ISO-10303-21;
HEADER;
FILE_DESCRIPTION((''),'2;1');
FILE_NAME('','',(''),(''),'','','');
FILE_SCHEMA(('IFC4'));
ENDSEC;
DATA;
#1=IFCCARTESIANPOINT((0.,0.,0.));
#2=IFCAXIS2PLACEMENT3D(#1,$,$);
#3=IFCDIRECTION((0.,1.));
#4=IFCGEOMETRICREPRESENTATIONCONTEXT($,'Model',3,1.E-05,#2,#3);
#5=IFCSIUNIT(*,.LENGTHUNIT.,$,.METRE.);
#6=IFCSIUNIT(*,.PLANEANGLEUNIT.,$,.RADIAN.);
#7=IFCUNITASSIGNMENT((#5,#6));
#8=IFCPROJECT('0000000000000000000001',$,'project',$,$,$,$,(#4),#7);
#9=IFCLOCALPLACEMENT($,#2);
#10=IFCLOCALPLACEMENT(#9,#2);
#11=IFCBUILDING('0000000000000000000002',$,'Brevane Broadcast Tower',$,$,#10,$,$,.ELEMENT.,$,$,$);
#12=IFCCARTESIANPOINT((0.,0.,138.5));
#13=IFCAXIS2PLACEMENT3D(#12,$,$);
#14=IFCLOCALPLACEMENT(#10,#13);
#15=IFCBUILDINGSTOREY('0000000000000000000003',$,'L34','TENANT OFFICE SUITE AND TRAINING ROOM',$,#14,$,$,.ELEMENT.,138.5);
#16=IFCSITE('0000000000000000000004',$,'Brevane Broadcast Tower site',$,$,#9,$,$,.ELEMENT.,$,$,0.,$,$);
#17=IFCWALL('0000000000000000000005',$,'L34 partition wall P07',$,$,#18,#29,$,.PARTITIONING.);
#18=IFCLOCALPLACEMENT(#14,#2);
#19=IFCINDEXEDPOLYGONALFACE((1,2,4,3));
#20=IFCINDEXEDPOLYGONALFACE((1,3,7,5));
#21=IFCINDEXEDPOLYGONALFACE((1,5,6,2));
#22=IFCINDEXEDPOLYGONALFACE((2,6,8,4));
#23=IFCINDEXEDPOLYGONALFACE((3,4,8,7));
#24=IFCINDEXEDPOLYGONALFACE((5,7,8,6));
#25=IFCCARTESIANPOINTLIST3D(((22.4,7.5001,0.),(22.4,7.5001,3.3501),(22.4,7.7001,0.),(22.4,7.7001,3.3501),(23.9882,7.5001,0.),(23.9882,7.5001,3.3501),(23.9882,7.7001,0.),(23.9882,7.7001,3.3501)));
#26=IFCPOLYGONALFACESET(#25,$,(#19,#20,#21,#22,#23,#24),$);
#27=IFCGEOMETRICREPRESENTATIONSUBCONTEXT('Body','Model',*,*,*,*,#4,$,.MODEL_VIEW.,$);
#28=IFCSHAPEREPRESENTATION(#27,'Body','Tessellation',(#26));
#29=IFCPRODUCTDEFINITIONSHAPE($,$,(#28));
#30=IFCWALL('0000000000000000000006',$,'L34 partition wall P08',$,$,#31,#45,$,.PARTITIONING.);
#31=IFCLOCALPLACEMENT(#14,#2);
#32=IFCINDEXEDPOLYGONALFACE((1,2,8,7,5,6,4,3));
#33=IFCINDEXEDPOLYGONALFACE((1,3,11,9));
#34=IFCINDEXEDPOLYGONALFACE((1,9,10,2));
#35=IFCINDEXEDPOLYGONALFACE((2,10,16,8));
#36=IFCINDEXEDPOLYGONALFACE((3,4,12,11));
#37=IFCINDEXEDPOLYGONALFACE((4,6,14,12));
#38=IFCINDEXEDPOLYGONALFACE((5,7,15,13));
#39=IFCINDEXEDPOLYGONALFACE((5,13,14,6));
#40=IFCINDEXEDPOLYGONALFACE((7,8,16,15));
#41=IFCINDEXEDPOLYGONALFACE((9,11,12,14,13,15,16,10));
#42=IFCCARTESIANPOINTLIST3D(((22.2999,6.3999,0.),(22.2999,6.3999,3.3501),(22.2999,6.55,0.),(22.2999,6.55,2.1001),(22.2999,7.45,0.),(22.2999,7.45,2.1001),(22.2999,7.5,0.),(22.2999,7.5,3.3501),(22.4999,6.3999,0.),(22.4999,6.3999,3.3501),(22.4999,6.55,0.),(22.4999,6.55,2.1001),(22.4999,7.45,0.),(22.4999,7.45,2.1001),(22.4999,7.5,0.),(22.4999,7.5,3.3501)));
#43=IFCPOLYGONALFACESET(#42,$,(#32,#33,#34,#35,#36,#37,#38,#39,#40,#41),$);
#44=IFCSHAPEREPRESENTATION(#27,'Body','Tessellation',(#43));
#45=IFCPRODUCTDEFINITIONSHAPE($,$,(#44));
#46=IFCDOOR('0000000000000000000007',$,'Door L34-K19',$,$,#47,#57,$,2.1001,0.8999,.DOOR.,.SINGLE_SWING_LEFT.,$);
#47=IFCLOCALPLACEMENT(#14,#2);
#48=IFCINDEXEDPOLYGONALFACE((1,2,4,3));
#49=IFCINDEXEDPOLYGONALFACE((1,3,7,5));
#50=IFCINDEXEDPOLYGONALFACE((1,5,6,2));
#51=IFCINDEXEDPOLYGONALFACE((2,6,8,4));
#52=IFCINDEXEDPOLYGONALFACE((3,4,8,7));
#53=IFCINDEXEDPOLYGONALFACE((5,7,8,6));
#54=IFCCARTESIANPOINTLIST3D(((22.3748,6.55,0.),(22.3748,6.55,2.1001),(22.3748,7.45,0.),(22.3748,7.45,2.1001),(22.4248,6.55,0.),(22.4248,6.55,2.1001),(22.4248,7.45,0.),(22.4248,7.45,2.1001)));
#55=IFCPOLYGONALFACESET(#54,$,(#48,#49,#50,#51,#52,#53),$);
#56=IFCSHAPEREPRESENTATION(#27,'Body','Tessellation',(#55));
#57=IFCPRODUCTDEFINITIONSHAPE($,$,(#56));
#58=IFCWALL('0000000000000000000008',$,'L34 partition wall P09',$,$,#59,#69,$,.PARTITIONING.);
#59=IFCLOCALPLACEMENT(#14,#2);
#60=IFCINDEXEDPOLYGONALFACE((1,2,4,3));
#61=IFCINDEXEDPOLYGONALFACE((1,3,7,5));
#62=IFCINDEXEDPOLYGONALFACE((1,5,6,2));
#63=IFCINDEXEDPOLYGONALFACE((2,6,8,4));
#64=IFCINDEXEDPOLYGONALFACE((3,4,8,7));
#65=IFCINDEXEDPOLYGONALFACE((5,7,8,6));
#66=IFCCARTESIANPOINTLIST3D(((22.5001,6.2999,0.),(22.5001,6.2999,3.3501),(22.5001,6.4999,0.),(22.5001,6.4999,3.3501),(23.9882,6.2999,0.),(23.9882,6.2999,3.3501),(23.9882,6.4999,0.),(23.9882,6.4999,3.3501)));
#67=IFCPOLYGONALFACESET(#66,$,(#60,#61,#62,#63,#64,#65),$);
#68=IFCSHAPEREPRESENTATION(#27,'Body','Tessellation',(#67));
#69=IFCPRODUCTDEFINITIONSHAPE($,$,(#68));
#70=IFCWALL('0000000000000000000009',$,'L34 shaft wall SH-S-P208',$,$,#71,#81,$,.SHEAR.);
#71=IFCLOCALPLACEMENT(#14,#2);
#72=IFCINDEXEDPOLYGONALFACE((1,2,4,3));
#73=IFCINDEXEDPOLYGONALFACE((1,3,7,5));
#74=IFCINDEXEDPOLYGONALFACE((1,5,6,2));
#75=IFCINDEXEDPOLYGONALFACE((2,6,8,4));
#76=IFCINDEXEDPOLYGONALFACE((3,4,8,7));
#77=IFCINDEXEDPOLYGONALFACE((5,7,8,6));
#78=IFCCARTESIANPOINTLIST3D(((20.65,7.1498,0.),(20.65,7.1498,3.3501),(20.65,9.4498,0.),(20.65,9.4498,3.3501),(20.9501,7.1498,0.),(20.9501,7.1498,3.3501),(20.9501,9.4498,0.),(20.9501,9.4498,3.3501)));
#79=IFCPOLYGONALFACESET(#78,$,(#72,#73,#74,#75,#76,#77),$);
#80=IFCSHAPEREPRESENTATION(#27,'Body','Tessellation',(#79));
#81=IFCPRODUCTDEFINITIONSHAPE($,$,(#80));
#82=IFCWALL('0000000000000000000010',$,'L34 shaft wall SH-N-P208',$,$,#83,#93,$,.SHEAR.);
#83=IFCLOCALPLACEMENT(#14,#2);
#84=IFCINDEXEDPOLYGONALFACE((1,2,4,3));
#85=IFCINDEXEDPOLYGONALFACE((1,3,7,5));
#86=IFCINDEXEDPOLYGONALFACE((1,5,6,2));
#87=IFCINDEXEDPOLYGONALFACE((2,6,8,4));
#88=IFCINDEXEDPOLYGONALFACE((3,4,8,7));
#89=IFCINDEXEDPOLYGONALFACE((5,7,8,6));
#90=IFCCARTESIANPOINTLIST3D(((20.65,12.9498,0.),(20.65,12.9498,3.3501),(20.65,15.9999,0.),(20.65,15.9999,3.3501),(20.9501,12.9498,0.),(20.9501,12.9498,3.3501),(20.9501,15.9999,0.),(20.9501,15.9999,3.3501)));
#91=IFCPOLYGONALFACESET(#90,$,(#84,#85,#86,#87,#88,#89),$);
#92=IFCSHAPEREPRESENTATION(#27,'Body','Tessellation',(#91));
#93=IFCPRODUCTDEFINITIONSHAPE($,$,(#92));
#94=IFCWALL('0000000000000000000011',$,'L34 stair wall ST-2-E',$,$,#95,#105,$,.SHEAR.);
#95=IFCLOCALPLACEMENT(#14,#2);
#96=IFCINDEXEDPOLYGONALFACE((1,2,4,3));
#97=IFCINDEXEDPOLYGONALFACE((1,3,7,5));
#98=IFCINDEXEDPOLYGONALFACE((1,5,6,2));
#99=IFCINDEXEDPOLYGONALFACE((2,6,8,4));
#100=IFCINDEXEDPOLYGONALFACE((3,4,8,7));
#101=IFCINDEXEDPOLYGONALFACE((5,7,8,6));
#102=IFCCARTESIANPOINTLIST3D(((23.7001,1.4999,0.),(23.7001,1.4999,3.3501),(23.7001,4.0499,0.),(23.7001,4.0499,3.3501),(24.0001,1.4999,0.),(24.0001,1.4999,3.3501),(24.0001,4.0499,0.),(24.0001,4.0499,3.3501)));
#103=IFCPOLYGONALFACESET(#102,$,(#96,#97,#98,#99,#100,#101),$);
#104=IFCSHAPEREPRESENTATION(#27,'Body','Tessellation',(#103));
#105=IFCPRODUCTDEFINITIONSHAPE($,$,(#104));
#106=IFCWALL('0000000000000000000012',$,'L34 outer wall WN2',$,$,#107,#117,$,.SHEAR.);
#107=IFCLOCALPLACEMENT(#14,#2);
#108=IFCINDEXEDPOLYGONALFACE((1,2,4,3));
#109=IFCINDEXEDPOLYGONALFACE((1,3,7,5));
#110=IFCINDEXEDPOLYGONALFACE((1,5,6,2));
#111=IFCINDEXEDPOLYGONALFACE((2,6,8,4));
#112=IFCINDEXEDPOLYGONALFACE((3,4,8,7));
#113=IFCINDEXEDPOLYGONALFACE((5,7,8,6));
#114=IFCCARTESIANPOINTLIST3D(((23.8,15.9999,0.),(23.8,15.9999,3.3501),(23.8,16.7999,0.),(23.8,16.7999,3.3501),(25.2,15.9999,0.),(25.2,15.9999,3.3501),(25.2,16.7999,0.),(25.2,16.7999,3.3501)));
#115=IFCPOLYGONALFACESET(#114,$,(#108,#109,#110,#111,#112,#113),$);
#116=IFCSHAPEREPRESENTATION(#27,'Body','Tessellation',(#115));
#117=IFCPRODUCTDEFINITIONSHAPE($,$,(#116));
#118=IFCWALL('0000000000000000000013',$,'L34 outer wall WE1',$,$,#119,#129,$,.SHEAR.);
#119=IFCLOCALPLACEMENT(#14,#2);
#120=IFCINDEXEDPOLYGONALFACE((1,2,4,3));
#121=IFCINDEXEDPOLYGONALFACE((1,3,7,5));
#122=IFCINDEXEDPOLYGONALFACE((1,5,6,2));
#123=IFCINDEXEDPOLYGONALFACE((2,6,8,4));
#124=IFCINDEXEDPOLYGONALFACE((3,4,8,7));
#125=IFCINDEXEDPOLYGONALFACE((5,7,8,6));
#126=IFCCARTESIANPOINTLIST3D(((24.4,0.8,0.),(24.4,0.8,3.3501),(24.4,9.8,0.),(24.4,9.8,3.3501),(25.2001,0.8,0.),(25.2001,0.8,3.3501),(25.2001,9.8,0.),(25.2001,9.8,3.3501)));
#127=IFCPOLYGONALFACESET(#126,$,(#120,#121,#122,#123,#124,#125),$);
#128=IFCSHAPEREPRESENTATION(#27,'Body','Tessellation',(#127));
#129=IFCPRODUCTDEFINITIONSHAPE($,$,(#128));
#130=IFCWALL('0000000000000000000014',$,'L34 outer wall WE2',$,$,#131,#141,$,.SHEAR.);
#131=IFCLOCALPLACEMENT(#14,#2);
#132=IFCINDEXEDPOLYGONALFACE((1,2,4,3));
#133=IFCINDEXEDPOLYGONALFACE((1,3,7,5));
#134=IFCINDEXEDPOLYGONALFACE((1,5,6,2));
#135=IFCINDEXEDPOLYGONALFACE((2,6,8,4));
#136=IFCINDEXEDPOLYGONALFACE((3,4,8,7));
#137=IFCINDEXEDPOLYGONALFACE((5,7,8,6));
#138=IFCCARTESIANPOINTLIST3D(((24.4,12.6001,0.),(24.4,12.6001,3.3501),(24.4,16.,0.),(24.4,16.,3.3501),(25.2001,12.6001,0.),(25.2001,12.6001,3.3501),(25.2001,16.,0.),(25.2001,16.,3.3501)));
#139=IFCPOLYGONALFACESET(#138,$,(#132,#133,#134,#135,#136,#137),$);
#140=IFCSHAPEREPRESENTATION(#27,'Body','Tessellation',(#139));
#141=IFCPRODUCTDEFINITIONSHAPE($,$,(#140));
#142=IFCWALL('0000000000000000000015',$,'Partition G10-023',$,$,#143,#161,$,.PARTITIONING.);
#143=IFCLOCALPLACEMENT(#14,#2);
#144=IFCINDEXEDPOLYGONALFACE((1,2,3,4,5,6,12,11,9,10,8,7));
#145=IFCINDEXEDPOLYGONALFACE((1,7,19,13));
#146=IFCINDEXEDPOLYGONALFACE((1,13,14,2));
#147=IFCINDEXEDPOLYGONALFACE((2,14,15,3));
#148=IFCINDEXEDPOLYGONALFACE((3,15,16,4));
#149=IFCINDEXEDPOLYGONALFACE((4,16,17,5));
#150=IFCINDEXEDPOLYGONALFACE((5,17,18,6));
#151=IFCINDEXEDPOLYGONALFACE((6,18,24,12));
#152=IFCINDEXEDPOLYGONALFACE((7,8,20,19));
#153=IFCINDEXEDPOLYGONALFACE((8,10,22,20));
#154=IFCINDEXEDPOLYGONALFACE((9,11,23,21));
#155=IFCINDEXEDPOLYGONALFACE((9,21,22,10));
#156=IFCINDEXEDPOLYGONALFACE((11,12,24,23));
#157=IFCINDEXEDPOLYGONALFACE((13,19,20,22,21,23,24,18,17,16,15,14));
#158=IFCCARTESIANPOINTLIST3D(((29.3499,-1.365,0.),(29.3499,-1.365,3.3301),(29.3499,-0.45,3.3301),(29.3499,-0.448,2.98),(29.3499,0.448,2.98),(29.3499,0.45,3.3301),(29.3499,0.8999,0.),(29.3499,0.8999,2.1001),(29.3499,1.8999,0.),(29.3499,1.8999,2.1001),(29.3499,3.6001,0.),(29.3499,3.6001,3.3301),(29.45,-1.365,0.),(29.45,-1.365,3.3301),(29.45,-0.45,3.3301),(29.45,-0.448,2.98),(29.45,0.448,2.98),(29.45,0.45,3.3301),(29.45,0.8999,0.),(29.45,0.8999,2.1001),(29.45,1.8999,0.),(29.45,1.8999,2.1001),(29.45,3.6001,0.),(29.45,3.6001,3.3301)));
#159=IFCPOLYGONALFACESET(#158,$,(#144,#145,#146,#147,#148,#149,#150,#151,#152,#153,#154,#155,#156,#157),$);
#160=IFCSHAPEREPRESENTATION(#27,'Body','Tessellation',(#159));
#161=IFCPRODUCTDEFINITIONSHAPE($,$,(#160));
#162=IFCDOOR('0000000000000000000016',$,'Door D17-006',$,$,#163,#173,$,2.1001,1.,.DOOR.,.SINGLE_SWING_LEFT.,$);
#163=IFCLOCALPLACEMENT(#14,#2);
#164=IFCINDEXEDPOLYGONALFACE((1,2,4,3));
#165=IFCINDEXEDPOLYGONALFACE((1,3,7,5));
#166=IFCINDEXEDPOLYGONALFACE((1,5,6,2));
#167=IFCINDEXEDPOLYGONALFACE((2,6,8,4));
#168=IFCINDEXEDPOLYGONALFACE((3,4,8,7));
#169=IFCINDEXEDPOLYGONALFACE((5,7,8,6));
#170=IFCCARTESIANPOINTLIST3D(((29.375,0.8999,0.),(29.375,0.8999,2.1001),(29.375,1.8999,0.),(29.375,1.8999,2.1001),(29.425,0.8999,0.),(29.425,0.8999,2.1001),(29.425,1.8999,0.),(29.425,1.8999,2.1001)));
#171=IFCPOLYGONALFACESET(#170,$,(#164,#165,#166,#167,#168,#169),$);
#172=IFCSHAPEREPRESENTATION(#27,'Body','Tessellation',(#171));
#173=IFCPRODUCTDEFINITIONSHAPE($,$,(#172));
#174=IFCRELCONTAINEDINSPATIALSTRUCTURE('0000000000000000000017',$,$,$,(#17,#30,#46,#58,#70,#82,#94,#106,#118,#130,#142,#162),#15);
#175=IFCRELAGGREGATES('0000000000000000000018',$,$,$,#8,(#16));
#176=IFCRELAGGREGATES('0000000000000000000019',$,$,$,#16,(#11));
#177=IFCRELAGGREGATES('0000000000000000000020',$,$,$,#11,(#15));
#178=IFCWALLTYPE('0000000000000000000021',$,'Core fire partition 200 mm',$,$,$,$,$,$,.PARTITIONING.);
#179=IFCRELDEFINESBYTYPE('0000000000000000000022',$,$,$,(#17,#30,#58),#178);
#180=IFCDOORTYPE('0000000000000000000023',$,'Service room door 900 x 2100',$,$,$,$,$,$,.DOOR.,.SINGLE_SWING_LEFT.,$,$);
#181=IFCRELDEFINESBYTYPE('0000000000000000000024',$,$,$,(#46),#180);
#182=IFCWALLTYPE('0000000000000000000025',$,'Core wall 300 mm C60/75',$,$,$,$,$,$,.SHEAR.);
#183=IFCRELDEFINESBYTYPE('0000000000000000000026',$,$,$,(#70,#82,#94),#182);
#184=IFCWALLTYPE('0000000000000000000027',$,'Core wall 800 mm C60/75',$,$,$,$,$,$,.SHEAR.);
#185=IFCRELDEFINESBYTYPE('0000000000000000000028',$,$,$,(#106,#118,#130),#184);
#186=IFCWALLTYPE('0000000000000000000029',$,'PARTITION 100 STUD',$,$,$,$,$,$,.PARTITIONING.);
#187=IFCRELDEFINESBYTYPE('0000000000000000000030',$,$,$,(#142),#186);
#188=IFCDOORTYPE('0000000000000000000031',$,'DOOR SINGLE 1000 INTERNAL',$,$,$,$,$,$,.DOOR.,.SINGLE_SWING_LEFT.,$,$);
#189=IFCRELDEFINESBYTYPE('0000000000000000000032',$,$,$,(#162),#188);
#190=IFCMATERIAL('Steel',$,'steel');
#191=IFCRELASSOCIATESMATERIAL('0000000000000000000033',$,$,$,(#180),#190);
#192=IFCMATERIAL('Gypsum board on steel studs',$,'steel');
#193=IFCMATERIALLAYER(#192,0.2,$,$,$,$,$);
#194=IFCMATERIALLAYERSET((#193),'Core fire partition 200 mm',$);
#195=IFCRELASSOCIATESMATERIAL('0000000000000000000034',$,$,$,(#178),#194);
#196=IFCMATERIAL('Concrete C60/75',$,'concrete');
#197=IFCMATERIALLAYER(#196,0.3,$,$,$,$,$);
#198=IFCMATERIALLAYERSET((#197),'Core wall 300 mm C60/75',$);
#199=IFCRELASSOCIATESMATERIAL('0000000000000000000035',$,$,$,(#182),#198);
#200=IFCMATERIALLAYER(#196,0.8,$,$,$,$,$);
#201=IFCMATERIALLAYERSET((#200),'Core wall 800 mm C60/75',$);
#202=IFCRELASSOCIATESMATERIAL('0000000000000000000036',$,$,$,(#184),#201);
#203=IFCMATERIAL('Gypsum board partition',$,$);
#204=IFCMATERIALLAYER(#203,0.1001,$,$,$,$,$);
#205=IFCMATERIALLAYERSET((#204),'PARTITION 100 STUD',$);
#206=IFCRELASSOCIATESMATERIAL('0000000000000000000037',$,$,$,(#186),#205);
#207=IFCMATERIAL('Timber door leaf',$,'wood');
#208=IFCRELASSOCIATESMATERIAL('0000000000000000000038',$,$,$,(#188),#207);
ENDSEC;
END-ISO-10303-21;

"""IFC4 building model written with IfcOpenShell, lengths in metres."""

from ifc_helpers import new_model, si_unit, direction, frame, frame_2d, origin, place, context, subcontext, project, spatial, polyline, rectangle, outline, extrude, material, layer, layer_set, type_object, element, fill, save


model = new_model("IFC4")

# Units and contexts
model_context = context("Model", 3, precision=1e-05, world=origin(), true_north=direction((0.0, 1.0)))
body_context = subcontext(model_context, "Body", "Model", "MODEL_VIEW")
ifc_project = project(units=[si_unit("LENGTHUNIT", "METRE"), si_unit("PLANEANGLEUNIT", "RADIAN")], contexts=[model_context])

# Site, building, storey
site_placement = place(None, origin())
site = spatial("IfcSite", under=ifc_project, at=site_placement, Name="Brevane Broadcast Tower site", CompositionType="ELEMENT", RefElevation=0.0)
building_placement = place(site_placement, origin())
building = spatial("IfcBuilding", under=site, at=building_placement, Name="Brevane Broadcast Tower", CompositionType="ELEMENT")
storey_placement = place(building_placement, frame((0.0, 0.0, 138.5)))
storey = spatial("IfcBuildingStorey", under=building, at=storey_placement, Name="L34", Description="TENANT OFFICE SUITE AND TRAINING ROOM", CompositionType="ELEMENT", Elevation=138.5)

# Shared definitions
ifc_material_1 = material(Name="Concrete C60/75", Category="concrete")

# Shared definitions
ifc_material_2 = material(Name="Gypsum board on steel studs", Category="steel")

# Shared definitions
ifc_material_3 = material(Name="Steel", Category="steel")
door_type_1 = type_object("IfcDoorType", Name="Service room door 900 x 2100", OperationType="SINGLE_SWING_LEFT", PredefinedType="DOOR", material=ifc_material_3)

# Wall
ifc_layer_1 = layer(ifc_material_2, 0.2)
ifc_layer_set_1 = layer_set([ifc_layer_1], Name="Core fire partition 200 mm")
wall_type_1 = type_object("IfcWallType", Name="Core fire partition 200 mm", PredefinedType="PARTITIONING", material=ifc_layer_set_1)
wall_1_placement = place(storey_placement, frame((23.988, 7.6001, 0.0), z_axis=(0.0, 0.0, 1.0), x_axis=(-1.0, 0.0, 0.0)))
element("IfcWall", 1, at=wall_1_placement, inside=storey, type_object=wall_type_1, Name="L34 partition wall P07", PredefinedType="PARTITIONING", context=body_context, shape_type="SweptSolid", body=[
    extrude(rectangle(XDim=1.5881, YDim=0.2, at=frame_2d((0.7939, 0.0))), origin(), (0.0, 0.0, 1.0), 3.3501),
])

# Wall, opening, door
wall_2_placement = place(storey_placement, frame((22.3999, 7.5, 0.0), z_axis=(0.0, 0.0, 1.0), x_axis=(0.0, -1.0, 0.0)))
wall_2 = element("IfcWall", 2, at=wall_2_placement, inside=storey, type_object=wall_type_1, Name="L34 partition wall P08", PredefinedType="PARTITIONING", context=body_context, shape_type="SweptSolid", body=[
    extrude(rectangle(XDim=1.1001, YDim=0.2, at=frame_2d((0.55, 0.0))), origin(), (0.0, 0.0, 1.0), 3.3501),
])
opening_1_placement = place(wall_2_placement, frame((0.05, 0.0, 0.0)))
opening_1 = element("IfcOpeningElement", 3, at=opening_1_placement, cuts=wall_2, PredefinedType="OPENING", context=body_context, shape_type="SweptSolid", body=[
    extrude(rectangle(XDim=0.8999, YDim=2.1001, at=frame_2d((0.45, 1.05))), frame((0.0, 0.1099, 0.0), z_axis=(0.0, -1.0, 0.0), x_axis=(1.0, 0.0, 0.0)), (0.0, 0.0, 1.0), 0.22),
])
door_1_placement = place(opening_1_placement, origin())
door_1 = element("IfcDoor", 4, at=door_1_placement, inside=storey, type_object=door_type_1, Name="Door L34-K19", OperationType="SINGLE_SWING_LEFT", OverallHeight=2.1001, OverallWidth=0.8999, PredefinedType="DOOR", context=body_context, shape_type="SweptSolid", body=[
    extrude(rectangle(XDim=0.8999, YDim=2.1001, at=frame_2d((0.45, 1.05))), frame((0.0, 0.0249, 0.0), z_axis=(0.0, -1.0, 0.0), x_axis=(1.0, 0.0, 0.0)), (0.0, 0.0, 1.0), 0.05),
])
fill(opening_1, door_1)

# Walls
wall_3_placement = place(storey_placement, frame((22.5, 6.3999, 0.0), z_axis=(0.0, 0.0, 1.0), x_axis=(1.0, 0.0, 0.0)))
element("IfcWall", 5, at=wall_3_placement, inside=storey, type_object=wall_type_1, Name="L34 partition wall P09", PredefinedType="PARTITIONING", context=body_context, shape_type="SweptSolid", body=[
    extrude(rectangle(XDim=1.488, YDim=0.2, at=frame_2d((0.7441, 0.0))), origin(), (0.0, 0.0, 1.0), 3.3501),
])
ifc_layer_2 = layer(ifc_material_1, 0.3)
ifc_layer_set_2 = layer_set([ifc_layer_2], Name="Core wall 300 mm C60/75")
wall_type_2 = type_object("IfcWallType", Name="Core wall 300 mm C60/75", PredefinedType="SHEAR", material=ifc_layer_set_2)
wall_4_placement = place(storey_placement, frame((20.8, 7.1499, 0.0), z_axis=(0.0, 0.0, 1.0), x_axis=(0.0, 1.0, 0.0)))
element("IfcWall", 6, at=wall_4_placement, inside=storey, type_object=wall_type_2, Name="L34 shaft wall SH-S-P208", PredefinedType="SHEAR", context=body_context, shape_type="SweptSolid", body=[
    extrude(rectangle(XDim=2.3, YDim=0.3, at=frame_2d((1.1499, 0.0))), origin(), (0.0, 0.0, 1.0), 3.3501),
])
wall_5_placement = place(storey_placement, frame((20.8, 12.95, 0.0), z_axis=(0.0, 0.0, 1.0), x_axis=(0.0, 1.0, 0.0)))
element("IfcWall", 7, at=wall_5_placement, inside=storey, type_object=wall_type_2, Name="L34 shaft wall SH-N-P208", PredefinedType="SHEAR", context=body_context, shape_type="SweptSolid", body=[
    extrude(rectangle(XDim=3.05, YDim=0.3, at=frame_2d((1.5249, 0.0))), origin(), (0.0, 0.0, 1.0), 3.3501),
])
wall_6_placement = place(storey_placement, frame((23.8501, 1.5, 0.0), z_axis=(0.0, 0.0, 1.0), x_axis=(0.0, 1.0, 0.0)))
element("IfcWall", 8, at=wall_6_placement, inside=storey, type_object=wall_type_2, Name="L34 stair wall ST-2-E", PredefinedType="SHEAR", context=body_context, shape_type="SweptSolid", body=[
    extrude(rectangle(XDim=2.55, YDim=0.3, at=frame_2d((1.2749, 0.0))), origin(), (0.0, 0.0, 1.0), 3.3501),
])
ifc_layer_3 = layer(ifc_material_1, 0.8)
ifc_layer_set_3 = layer_set([ifc_layer_3], Name="Core wall 800 mm C60/75")
wall_type_3 = type_object("IfcWallType", Name="Core wall 800 mm C60/75", PredefinedType="SHEAR", material=ifc_layer_set_3)
wall_7_placement = place(storey_placement, frame((23.8, 16.3999, 0.0), z_axis=(0.0, 0.0, 1.0), x_axis=(1.0, 0.0, 0.0)))
element("IfcWall", 9, at=wall_7_placement, inside=storey, type_object=wall_type_3, Name="L34 outer wall WN2", PredefinedType="SHEAR", context=body_context, shape_type="SweptSolid", body=[
    extrude(rectangle(XDim=1.3999, YDim=0.8, at=frame_2d((0.7, 0.0))), origin(), (0.0, 0.0, 1.0), 3.3501),
])
wall_8_placement = place(storey_placement, frame((24.8, 0.8, 0.0), z_axis=(0.0, 0.0, 1.0), x_axis=(0.0, 1.0, 0.0)))
element("IfcWall", 10, at=wall_8_placement, inside=storey, type_object=wall_type_3, Name="L34 outer wall WE1", PredefinedType="SHEAR", context=body_context, shape_type="SweptSolid", body=[
    extrude(rectangle(XDim=9.0, YDim=0.8, at=frame_2d((4.5, 0.0))), origin(), (0.0, 0.0, 1.0), 3.3501),
])
wall_9_placement = place(storey_placement, frame((24.8, 12.6001, 0.0), z_axis=(0.0, 0.0, 1.0), x_axis=(0.0, 1.0, 0.0)))
element("IfcWall", 11, at=wall_9_placement, inside=storey, type_object=wall_type_3, Name="L34 outer wall WE2", PredefinedType="SHEAR", context=body_context, shape_type="SweptSolid", body=[
    extrude(rectangle(XDim=3.3999, YDim=0.8, at=frame_2d((1.7, 0.0))), origin(), (0.0, 0.0, 1.0), 3.3501),
])

# Wall, opening, door
ifc_material_4 = material(Name="Gypsum board partition")
ifc_layer_4 = layer(ifc_material_4, 0.1001)
ifc_layer_set_4 = layer_set([ifc_layer_4], Name="PARTITION 100 STUD")
wall_type_4 = type_object("IfcWallType", Name="PARTITION 100 STUD", PredefinedType="PARTITIONING", material=ifc_layer_set_4)
wall_10_placement = place(storey_placement, frame((29.3999, -1.365, 0.0), z_axis=(0.0, 0.0, 1.0), x_axis=(0.0, 1.0, 0.0)))
wall_10 = element("IfcWall", 12, at=wall_10_placement, inside=storey, type_object=wall_type_4, Name="Partition G10-023", PredefinedType="PARTITIONING", context=body_context, shape_type="SweptSolid", body=[
    extrude(outline(polyline([(0.0, 0.0), (4.9651, 0.0), (4.9651, 3.3301), (1.8149, 3.3301), (1.813, 2.98), (0.917, 2.98), (0.915, 3.3301), (0.2649, 3.3301), (0.0, 3.3301), (0.0, 0.0)])), frame((0.0, 0.05, 0.0), z_axis=(0.0, -1.0, 0.0), x_axis=(1.0, 0.0, 0.0)), (0.0, 0.0, 1.0), 0.1001),
])
opening_2_placement = place(wall_10_placement, frame((2.2649, 0.0, 0.0)))
opening_2 = element("IfcOpeningElement", 13, at=opening_2_placement, cuts=wall_10, PredefinedType="OPENING", context=body_context, shape_type="SweptSolid", body=[
    extrude(rectangle(XDim=1.0, YDim=2.1001, at=frame_2d((0.5, 1.05))), frame((0.0, 0.0601, 0.0), z_axis=(0.0, -1.0, 0.0), x_axis=(1.0, 0.0, 0.0)), (0.0, 0.0, 1.0), 0.1201),
])
ifc_material_5 = material(Name="Timber door leaf", Category="wood")
door_type_2 = type_object("IfcDoorType", Name="DOOR SINGLE 1000 INTERNAL", OperationType="SINGLE_SWING_LEFT", PredefinedType="DOOR", material=ifc_material_5)
door_2_placement = place(opening_2_placement, origin())
door_2 = element("IfcDoor", 14, at=door_2_placement, inside=storey, type_object=door_type_2, Name="Door D17-006", OperationType="SINGLE_SWING_LEFT", OverallHeight=2.1001, OverallWidth=1.0, PredefinedType="DOOR", context=body_context, shape_type="SweptSolid", body=[
    extrude(rectangle(XDim=1.0, YDim=2.1001, at=frame_2d((0.5, 1.05))), frame((0.0, 0.0249, 0.0), z_axis=(0.0, -1.0, 0.0), x_axis=(1.0, 0.0, 0.0)), (0.0, 0.0, 1.0), 0.05),
])
fill(opening_2, door_2)

save(model, "model.ifc")
